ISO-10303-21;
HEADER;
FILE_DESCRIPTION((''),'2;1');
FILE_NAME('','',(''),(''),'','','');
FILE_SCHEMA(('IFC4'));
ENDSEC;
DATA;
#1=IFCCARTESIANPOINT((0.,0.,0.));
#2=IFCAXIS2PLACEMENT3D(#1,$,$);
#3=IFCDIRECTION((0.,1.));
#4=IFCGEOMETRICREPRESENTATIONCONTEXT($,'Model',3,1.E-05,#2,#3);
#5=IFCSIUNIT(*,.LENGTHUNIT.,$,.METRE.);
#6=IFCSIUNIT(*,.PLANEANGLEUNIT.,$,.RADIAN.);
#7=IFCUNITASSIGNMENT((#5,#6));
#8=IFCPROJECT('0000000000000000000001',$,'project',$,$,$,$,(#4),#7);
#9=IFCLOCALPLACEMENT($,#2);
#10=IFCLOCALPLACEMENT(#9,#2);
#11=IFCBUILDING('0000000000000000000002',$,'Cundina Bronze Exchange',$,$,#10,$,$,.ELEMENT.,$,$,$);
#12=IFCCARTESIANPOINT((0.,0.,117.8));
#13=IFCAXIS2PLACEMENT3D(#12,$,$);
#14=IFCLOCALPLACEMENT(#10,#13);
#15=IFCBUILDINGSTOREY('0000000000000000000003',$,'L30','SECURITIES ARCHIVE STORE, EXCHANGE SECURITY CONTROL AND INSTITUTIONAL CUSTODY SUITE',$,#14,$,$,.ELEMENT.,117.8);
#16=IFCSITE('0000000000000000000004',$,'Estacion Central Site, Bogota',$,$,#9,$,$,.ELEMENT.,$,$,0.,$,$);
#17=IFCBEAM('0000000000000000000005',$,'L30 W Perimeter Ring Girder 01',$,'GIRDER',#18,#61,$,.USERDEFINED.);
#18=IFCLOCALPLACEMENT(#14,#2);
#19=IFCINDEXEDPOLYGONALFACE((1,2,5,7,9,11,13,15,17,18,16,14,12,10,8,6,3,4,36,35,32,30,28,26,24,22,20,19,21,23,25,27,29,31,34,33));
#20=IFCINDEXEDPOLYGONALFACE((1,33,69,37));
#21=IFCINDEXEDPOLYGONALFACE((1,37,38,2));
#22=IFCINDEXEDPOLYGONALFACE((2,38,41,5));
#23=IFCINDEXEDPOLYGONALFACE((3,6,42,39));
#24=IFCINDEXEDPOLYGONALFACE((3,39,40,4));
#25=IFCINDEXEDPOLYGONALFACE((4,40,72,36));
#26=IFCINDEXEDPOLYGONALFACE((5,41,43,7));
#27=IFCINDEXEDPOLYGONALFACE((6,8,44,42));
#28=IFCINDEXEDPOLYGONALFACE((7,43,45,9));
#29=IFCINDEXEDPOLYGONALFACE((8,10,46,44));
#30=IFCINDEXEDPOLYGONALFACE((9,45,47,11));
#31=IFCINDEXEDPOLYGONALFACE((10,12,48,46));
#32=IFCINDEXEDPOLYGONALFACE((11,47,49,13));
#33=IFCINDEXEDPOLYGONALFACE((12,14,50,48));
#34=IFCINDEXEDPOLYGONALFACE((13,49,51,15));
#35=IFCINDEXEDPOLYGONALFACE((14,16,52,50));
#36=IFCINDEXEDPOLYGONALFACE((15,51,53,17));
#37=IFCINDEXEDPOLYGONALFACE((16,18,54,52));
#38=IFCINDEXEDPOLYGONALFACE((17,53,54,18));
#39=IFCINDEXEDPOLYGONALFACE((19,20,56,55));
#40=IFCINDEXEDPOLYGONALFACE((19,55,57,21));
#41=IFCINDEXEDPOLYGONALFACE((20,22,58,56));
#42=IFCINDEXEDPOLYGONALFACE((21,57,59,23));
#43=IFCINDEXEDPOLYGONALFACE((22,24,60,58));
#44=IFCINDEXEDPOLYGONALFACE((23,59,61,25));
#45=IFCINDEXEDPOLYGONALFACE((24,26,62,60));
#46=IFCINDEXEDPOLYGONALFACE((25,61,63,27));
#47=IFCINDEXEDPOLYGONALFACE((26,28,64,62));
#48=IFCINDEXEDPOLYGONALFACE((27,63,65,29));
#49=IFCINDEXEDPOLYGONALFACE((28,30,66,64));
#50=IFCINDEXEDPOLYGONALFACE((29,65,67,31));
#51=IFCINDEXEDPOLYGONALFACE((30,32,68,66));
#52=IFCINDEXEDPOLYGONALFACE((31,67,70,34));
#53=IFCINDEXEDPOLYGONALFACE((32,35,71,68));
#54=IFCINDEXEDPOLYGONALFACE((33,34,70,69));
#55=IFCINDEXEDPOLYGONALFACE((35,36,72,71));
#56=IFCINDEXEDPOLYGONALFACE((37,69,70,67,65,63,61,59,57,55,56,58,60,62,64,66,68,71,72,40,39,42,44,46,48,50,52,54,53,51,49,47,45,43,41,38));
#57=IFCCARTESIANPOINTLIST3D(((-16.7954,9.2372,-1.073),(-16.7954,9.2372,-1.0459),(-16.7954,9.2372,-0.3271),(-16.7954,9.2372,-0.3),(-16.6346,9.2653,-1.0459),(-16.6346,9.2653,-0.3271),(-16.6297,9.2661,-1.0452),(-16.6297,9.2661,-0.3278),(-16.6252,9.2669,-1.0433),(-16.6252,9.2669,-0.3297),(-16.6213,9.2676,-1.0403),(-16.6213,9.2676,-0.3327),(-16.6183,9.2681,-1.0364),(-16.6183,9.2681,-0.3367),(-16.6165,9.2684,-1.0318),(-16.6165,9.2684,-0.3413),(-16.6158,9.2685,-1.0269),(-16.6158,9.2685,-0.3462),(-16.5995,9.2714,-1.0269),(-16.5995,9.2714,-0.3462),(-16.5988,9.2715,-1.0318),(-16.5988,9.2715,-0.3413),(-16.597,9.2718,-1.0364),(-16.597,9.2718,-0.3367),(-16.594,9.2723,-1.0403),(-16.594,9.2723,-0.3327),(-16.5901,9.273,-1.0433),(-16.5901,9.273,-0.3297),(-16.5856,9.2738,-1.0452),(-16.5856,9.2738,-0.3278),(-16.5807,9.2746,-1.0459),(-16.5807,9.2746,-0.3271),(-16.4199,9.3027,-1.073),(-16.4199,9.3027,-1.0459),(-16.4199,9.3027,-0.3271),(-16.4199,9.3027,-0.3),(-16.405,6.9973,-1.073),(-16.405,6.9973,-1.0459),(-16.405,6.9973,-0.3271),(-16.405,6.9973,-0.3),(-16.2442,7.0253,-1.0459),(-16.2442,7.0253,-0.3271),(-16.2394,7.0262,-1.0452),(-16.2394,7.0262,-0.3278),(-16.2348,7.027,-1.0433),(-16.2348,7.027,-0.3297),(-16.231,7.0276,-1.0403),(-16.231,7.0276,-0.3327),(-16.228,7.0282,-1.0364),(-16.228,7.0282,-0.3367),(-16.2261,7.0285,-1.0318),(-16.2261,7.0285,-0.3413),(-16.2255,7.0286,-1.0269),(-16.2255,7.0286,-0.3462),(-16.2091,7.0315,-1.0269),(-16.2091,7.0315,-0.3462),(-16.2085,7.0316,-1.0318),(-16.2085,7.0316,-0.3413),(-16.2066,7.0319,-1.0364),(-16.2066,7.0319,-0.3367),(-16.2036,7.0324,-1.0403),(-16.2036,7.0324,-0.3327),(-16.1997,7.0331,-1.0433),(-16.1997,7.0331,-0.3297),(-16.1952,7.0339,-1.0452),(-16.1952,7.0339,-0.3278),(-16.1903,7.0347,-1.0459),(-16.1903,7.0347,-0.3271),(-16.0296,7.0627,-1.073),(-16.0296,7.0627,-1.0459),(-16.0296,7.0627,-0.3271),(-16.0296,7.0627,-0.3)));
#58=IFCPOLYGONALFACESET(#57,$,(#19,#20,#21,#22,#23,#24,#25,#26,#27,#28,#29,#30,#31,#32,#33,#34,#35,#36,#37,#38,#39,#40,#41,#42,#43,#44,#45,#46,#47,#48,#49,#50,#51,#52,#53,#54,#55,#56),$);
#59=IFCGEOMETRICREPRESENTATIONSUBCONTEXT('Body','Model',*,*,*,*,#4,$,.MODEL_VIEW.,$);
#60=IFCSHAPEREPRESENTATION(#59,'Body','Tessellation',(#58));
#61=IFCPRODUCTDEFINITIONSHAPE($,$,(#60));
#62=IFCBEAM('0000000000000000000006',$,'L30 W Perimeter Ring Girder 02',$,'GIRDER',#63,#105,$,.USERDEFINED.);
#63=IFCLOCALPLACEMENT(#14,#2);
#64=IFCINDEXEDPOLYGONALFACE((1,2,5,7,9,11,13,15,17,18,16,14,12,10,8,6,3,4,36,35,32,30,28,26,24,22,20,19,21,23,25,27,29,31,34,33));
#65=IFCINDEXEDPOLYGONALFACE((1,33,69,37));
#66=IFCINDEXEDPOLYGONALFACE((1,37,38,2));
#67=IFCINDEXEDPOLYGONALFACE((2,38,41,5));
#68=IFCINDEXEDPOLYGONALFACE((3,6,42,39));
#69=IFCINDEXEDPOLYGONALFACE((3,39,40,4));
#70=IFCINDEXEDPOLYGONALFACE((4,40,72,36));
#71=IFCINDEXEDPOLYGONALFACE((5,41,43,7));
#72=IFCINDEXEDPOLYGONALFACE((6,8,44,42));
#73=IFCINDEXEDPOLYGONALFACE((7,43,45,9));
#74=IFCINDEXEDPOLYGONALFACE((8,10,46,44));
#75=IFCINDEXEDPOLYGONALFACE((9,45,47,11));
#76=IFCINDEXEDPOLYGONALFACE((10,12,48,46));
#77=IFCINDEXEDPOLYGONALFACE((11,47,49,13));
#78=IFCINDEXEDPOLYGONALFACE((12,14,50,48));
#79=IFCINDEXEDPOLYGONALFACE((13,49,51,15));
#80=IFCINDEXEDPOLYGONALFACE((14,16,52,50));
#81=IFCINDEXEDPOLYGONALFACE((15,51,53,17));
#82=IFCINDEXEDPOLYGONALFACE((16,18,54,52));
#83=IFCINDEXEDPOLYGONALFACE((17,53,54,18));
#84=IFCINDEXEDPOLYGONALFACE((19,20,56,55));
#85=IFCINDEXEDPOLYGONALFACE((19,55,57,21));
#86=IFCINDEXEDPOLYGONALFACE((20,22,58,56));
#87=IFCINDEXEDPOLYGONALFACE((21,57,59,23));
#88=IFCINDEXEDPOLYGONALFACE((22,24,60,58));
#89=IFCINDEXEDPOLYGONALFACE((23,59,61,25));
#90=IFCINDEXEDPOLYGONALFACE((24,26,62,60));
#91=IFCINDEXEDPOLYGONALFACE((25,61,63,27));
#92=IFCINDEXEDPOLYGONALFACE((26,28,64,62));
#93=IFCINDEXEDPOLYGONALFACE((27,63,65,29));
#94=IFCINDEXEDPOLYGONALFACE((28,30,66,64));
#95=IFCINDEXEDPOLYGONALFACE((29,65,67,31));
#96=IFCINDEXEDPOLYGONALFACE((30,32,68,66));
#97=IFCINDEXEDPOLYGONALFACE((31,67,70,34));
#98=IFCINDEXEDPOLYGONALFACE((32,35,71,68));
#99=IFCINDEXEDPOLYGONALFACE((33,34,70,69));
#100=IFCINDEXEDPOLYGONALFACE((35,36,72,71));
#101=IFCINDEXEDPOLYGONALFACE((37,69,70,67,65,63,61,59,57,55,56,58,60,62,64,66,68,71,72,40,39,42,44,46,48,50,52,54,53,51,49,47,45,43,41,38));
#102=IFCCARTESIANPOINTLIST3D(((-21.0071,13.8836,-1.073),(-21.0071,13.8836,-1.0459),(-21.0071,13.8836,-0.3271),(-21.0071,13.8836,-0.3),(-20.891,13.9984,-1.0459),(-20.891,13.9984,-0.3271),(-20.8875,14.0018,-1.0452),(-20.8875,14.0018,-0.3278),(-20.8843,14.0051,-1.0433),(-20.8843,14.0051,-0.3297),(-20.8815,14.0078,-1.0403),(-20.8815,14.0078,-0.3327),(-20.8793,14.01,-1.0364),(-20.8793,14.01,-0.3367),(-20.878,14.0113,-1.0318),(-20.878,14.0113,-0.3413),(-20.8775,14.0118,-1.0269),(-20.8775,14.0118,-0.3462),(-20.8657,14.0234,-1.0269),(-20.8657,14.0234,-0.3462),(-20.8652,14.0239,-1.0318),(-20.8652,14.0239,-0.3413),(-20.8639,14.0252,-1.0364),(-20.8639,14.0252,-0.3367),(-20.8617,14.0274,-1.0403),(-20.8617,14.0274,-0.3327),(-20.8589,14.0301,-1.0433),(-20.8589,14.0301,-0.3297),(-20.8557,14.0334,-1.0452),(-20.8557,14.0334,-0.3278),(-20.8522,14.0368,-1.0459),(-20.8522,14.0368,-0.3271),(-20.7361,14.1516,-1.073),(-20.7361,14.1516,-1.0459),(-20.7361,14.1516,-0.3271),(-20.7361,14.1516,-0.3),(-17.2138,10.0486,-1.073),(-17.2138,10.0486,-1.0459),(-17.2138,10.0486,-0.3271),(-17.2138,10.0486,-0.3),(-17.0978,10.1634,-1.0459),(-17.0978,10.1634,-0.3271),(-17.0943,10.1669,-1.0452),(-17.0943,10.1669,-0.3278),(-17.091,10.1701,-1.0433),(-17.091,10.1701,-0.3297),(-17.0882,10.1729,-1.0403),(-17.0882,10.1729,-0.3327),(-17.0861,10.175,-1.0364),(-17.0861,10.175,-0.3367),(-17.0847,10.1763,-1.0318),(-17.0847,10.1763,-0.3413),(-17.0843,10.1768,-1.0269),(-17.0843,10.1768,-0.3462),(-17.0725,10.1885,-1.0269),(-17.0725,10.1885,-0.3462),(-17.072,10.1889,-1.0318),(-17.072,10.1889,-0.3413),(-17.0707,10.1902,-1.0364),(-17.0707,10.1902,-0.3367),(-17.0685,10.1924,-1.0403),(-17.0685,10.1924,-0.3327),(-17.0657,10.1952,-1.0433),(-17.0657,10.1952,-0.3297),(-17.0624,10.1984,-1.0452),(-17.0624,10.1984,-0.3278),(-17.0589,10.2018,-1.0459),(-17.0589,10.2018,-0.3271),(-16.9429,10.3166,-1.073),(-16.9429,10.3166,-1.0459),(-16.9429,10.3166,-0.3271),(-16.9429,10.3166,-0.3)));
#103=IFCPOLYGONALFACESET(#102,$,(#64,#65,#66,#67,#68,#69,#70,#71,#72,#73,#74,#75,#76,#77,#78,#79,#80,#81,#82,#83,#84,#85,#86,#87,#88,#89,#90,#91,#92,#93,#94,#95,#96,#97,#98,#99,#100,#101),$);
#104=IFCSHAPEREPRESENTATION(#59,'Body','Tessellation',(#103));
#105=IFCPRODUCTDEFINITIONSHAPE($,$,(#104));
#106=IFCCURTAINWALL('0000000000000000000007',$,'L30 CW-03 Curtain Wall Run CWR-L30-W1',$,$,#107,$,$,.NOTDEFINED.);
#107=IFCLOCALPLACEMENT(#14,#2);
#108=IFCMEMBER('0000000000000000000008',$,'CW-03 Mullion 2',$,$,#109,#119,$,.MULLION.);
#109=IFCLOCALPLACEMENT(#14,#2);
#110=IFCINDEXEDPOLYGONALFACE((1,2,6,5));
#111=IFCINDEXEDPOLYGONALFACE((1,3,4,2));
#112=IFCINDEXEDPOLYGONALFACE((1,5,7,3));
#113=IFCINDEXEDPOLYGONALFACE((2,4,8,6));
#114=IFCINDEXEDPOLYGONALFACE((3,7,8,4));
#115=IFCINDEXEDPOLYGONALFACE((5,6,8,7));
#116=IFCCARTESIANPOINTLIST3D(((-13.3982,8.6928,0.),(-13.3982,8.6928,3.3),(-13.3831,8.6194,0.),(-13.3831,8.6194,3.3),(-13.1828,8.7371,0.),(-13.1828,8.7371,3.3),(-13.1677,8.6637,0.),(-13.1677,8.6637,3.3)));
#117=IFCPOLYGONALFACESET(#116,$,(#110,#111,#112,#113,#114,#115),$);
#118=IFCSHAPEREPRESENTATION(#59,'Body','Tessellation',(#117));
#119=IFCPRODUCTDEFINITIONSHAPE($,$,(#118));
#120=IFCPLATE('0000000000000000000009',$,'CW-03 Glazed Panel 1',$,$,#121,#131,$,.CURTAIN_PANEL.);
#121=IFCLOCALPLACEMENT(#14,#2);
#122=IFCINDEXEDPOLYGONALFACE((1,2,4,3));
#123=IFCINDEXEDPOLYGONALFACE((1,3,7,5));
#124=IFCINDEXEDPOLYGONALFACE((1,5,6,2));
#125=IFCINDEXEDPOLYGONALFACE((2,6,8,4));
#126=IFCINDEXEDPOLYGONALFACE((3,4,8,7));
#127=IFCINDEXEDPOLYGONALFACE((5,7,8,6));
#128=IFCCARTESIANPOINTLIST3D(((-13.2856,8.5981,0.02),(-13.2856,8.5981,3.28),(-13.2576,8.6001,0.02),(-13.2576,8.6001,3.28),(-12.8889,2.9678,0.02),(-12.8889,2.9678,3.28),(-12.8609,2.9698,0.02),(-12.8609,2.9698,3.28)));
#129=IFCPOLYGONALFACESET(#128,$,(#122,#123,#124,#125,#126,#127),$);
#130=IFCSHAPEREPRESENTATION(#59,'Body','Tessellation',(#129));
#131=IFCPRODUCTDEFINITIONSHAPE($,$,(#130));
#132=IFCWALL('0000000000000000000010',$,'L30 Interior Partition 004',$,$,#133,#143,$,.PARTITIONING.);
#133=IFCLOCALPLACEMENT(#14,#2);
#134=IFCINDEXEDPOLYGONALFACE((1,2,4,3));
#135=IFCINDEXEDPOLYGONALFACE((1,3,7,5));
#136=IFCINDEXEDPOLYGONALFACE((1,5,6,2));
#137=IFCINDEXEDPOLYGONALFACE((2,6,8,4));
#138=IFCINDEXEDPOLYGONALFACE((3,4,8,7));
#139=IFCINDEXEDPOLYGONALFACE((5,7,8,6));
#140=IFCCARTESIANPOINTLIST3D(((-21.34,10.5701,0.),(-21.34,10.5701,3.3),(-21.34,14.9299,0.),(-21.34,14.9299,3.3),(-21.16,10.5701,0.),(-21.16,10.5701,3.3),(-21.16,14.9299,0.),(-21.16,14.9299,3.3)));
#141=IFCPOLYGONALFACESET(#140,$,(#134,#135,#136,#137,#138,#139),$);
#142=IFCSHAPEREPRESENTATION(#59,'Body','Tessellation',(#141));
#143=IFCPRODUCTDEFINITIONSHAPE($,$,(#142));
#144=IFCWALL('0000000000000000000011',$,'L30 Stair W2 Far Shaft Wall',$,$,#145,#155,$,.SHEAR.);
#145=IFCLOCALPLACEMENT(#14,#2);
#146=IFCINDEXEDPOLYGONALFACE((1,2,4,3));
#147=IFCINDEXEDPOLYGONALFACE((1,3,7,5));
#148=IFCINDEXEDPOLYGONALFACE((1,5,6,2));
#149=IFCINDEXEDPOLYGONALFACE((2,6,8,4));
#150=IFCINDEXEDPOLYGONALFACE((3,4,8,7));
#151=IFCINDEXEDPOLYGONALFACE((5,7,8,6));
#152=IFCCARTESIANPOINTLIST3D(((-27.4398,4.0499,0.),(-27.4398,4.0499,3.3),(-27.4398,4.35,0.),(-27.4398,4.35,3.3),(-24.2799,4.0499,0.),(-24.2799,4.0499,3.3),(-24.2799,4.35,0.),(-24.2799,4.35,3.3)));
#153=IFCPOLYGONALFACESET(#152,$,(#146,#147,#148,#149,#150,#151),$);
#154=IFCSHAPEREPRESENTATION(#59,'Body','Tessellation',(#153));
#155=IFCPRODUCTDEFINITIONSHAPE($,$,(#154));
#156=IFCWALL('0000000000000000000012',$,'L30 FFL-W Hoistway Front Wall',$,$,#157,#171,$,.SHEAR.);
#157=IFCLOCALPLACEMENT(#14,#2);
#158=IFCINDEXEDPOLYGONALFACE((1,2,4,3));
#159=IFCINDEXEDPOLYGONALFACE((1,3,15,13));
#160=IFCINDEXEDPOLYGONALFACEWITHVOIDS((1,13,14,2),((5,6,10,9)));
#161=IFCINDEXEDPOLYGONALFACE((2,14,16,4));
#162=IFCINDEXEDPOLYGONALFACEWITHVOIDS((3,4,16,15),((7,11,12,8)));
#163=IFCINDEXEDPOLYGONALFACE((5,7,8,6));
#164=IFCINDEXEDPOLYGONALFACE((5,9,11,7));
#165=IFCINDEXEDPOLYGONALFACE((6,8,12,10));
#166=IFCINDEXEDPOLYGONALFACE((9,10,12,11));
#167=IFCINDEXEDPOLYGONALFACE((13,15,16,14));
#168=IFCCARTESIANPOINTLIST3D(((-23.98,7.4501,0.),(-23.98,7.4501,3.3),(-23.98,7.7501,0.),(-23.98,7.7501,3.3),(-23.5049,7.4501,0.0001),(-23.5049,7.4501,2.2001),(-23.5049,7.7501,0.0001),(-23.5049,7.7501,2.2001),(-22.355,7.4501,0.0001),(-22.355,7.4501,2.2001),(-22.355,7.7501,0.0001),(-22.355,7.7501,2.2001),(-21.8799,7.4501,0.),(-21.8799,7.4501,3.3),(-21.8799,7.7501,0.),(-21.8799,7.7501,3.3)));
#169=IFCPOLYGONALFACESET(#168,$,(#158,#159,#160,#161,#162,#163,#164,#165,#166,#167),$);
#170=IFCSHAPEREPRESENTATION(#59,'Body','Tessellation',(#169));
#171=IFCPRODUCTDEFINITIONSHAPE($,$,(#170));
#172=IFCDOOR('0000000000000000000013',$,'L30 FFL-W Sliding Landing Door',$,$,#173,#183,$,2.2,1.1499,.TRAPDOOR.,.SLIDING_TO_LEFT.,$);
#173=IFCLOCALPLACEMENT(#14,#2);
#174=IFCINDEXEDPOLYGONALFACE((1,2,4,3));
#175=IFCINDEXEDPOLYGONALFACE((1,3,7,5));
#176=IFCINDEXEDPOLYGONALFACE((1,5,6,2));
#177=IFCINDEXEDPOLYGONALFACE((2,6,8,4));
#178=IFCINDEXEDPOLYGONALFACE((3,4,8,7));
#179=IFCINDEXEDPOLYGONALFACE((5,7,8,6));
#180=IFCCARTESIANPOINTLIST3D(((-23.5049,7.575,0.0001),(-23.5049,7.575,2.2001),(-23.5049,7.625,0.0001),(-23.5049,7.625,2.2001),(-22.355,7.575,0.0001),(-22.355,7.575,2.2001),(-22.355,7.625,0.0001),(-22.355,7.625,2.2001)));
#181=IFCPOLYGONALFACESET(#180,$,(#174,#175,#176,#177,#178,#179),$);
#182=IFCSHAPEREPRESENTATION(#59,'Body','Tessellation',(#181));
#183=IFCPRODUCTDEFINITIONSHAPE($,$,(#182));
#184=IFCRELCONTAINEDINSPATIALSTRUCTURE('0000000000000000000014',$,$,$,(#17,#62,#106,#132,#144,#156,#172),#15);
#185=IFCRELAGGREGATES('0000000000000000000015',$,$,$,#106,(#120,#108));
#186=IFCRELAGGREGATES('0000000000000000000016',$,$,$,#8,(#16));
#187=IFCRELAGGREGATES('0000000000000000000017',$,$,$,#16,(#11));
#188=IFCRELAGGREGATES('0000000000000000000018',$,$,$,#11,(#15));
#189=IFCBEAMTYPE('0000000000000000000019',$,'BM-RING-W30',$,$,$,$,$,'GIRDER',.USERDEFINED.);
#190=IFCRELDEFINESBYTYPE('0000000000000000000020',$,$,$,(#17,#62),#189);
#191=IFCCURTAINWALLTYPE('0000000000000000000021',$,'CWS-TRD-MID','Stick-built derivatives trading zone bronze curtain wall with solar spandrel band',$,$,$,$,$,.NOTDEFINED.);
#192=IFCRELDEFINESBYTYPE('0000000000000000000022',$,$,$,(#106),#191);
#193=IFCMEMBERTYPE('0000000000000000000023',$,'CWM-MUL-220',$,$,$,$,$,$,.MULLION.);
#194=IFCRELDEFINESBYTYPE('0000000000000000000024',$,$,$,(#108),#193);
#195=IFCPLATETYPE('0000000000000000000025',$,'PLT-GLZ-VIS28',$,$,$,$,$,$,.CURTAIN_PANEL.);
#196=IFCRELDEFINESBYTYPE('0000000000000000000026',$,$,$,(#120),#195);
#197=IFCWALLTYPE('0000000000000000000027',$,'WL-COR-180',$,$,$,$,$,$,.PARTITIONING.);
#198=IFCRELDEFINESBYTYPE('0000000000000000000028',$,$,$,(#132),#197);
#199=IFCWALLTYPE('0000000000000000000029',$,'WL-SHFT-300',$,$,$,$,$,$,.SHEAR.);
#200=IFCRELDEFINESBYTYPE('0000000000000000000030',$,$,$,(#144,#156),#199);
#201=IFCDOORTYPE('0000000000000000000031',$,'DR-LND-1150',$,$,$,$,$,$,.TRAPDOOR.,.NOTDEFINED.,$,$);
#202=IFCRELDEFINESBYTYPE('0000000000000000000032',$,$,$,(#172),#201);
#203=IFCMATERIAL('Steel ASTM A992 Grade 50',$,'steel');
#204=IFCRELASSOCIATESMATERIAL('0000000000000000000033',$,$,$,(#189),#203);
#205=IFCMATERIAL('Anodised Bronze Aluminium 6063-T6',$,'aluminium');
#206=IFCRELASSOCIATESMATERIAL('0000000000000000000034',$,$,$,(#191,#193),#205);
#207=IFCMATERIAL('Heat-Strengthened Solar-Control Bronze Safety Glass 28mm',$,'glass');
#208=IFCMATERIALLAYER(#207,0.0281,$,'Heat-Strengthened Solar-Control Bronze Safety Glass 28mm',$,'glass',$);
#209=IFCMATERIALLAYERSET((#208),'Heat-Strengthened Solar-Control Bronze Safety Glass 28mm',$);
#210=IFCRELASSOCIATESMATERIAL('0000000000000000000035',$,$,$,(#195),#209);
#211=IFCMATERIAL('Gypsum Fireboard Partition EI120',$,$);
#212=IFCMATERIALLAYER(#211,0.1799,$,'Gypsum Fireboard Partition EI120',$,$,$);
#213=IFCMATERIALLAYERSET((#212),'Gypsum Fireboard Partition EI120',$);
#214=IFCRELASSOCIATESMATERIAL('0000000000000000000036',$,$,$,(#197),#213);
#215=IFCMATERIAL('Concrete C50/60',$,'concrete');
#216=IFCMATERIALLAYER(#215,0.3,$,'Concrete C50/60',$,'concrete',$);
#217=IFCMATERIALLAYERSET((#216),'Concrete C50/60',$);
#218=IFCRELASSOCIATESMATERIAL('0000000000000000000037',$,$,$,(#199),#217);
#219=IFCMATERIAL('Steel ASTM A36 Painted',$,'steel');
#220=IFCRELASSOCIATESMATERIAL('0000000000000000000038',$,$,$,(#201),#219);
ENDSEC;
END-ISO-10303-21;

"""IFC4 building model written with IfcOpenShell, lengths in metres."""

from ifc_helpers import new_model, si_unit, direction, frame, frame_2d, origin, origin_2d, place, context, subcontext, project, spatial, rectangle, i_section, extrude, material, layer, layer_set, material_profile, profile_set, type_object, element, fill, aggregate, save


model = new_model("IFC4")

# Units and contexts
model_context = context("Model", 3, precision=1e-05, world=origin(), true_north=direction((0.0, 1.0)))
body_context = subcontext(model_context, "Body", "Model", "MODEL_VIEW")
ifc_project = project(units=[si_unit("LENGTHUNIT", "METRE"), si_unit("PLANEANGLEUNIT", "RADIAN")], contexts=[model_context])

# Site, building, storey
site_placement = place(None, origin())
site = spatial("IfcSite", under=ifc_project, at=site_placement, Name="Estacion Central Site, Bogota", CompositionType="ELEMENT", RefElevation=0.0)
building_placement = place(site_placement, origin())
building = spatial("IfcBuilding", under=site, at=building_placement, Name="Cundina Bronze Exchange", CompositionType="ELEMENT")
storey_placement = place(building_placement, frame((0.0, 0.0, 117.8)))
storey = spatial("IfcBuildingStorey", under=building, at=storey_placement, Name="L30", Description="SECURITIES ARCHIVE STORE, EXCHANGE SECURITY CONTROL AND INSTITUTIONAL CUSTODY SUITE", CompositionType="ELEMENT", Elevation=117.8)

# Beams
ifc_material_1 = material(Name="Steel ASTM A992 Grade 50", Category="steel")
ifc_material_profile_1 = material_profile(ifc_material_1, i_section(OverallWidth=0.3811, OverallDepth=0.7729, WebThickness=0.0166, FlangeThickness=0.0271, FilletRadius=0.019, at=origin_2d()), Name="W30X173", Category="steel")
ifc_profile_set_1 = profile_set([ifc_material_profile_1], Name="Steel ASTM A992 Grade 50")
beam_type_1 = type_object("IfcBeamType", Name="BM-RING-W30", ElementType="GIRDER", PredefinedType="USERDEFINED", material=ifc_profile_set_1)
beam_1_placement = place(storey_placement, frame((-16.2173, 7.03, -0.6865), z_axis=(-0.17169, 0.985151, 0.0), x_axis=(-0.985151, -0.17169, 0.0)))
element("IfcBeam", 1, at=beam_1_placement, inside=storey, type_object=beam_type_1, Name="L30 W Perimeter Ring Girder 01", ObjectType="GIRDER", PredefinedType="USERDEFINED", context=body_context, shape_type="SweptSolid", body=[
    extrude(i_section(OverallWidth=0.3811, OverallDepth=0.7729, WebThickness=0.0166, FlangeThickness=0.0271, FilletRadius=0.019, at=origin_2d()), origin(), (0.0, 0.0, 1.0), 2.2737),
])
beam_2_placement = place(storey_placement, frame((-17.0784, 10.1826, -0.6865), z_axis=(-0.703226, 0.710966, 0.0), x_axis=(-0.710966, -0.703226, 0.0)))
element("IfcBeam", 2, at=beam_2_placement, inside=storey, type_object=beam_type_1, Name="L30 W Perimeter Ring Girder 02", ObjectType="GIRDER", PredefinedType="USERDEFINED", context=body_context, shape_type="SweptSolid", body=[
    extrude(i_section(OverallWidth=0.3811, OverallDepth=0.7729, WebThickness=0.0166, FlangeThickness=0.0271, FilletRadius=0.019, at=origin_2d()), origin(), (0.0, 0.0, 1.0), 5.394),
])

# Curtain wall, member, plate
ifc_material_2 = material(Name="Anodised Bronze Aluminium 6063-T6", Category="aluminium")
curtain_wall_type = type_object("IfcCurtainWallType", Name="CWS-TRD-MID", Description="Stick-built derivatives trading zone bronze curtain wall with solar spandrel band", PredefinedType="NOTDEFINED", material=ifc_material_2)
curtain_wall_placement = place(storey_placement, origin())
curtain_wall = element("IfcCurtainWall", 3, at=curtain_wall_placement, inside=storey, type_object=curtain_wall_type, Name="L30 CW-03 Curtain Wall Run CWR-L30-W1", PredefinedType="NOTDEFINED")
ifc_material_profile_2 = material_profile(ifc_material_2, rectangle(XDim=0.075, YDim=0.22, at=origin_2d()), Name="AL75X220", Category="aluminium")
ifc_profile_set_2 = profile_set([ifc_material_profile_2], Name="Anodised Bronze Aluminium 6063-T6")
member_type = type_object("IfcMemberType", Name="CWM-MUL-220", PredefinedType="MULLION", material=ifc_profile_set_2)
member_placement = place(storey_placement, frame((-13.283, 8.6782, 0.0), z_axis=(0.0, 0.0, 1.0), x_axis=(-0.20142, 0.979505, 0.0)))
member = element("IfcMember", 4, at=member_placement, type_object=member_type, Name="CW-03 Mullion 2", PredefinedType="MULLION", context=body_context, shape_type="SweptSolid", body=[
    extrude(rectangle(XDim=0.075, YDim=0.22, at=origin_2d()), origin(), (0.0, 0.0, 1.0), 3.3),
])
ifc_material_3 = material(Name="Heat-Strengthened Solar-Control Bronze Safety Glass 28mm", Category="glass")
ifc_layer_1 = layer(ifc_material_3, 0.0281, Name="Heat-Strengthened Solar-Control Bronze Safety Glass 28mm", Category="glass")
ifc_layer_set_1 = layer_set([ifc_layer_1], Name="Heat-Strengthened Solar-Control Bronze Safety Glass 28mm")
plate_type = type_object("IfcPlateType", Name="PLT-GLZ-VIS28", PredefinedType="CURTAIN_PANEL", material=ifc_layer_set_1)
plate_placement = place(storey_placement, frame((-13.0732, 5.7839, 0.02), z_axis=(0.0, 0.0, 1.0), x_axis=(-0.070279, 0.997527, 0.0)))
plate = element("IfcPlate", 5, at=plate_placement, type_object=plate_type, Name="CW-03 Glazed Panel 1", PredefinedType="CURTAIN_PANEL", context=body_context, shape_type="SweptSolid", body=[
    extrude(rectangle(XDim=5.6443, YDim=0.0281, at=origin_2d()), origin(), (0.0, 0.0, 1.0), 3.26),
])
aggregate(curtain_wall, [plate, member])

# Walls
ifc_material_4 = material(Name="Gypsum Fireboard Partition EI120")
ifc_layer_2 = layer(ifc_material_4, 0.1799, Name="Gypsum Fireboard Partition EI120")
ifc_layer_set_2 = layer_set([ifc_layer_2], Name="Gypsum Fireboard Partition EI120")
wall_type_1 = type_object("IfcWallType", Name="WL-COR-180", PredefinedType="PARTITIONING", material=ifc_layer_set_2)
wall_1_placement = place(storey_placement, frame((-21.25, 10.5701, 0.0), z_axis=(0.0, 0.0, 1.0), x_axis=(0.0, 1.0, 0.0)))
element("IfcWall", 6, at=wall_1_placement, inside=storey, type_object=wall_type_1, Name="L30 Interior Partition 004", PredefinedType="PARTITIONING", context=body_context, shape_type="SweptSolid", body=[
    extrude(rectangle(XDim=4.3599, YDim=0.1799, at=frame_2d((2.1799, 0.0))), origin(), (0.0, 0.0, 1.0), 3.3),
])
ifc_material_5 = material(Name="Concrete C50/60", Category="concrete")
ifc_layer_3 = layer(ifc_material_5, 0.3, Name="Concrete C50/60", Category="concrete")
ifc_layer_set_3 = layer_set([ifc_layer_3], Name="Concrete C50/60")
wall_type_2 = type_object("IfcWallType", Name="WL-SHFT-300", PredefinedType="SHEAR", material=ifc_layer_set_3)
wall_2_placement = place(storey_placement, frame((-27.4399, 4.2, 0.0), z_axis=(0.0, 0.0, 1.0), x_axis=(1.0, 0.0, 0.0)))
element("IfcWall", 7, at=wall_2_placement, inside=storey, type_object=wall_type_2, Name="L30 Stair W2 Far Shaft Wall", PredefinedType="SHEAR", context=body_context, shape_type="SweptSolid", body=[
    extrude(rectangle(XDim=3.1599, YDim=0.3, at=frame_2d((1.5801, 0.0))), origin(), (0.0, 0.0, 1.0), 3.3),
])

# Wall, opening, door
wall_3_placement = place(storey_placement, frame((-23.98, 7.6001, 0.0), z_axis=(0.0, 0.0, 1.0), x_axis=(1.0, 0.0, 0.0)))
wall_3 = element("IfcWall", 8, at=wall_3_placement, inside=storey, type_object=wall_type_2, Name="L30 FFL-W Hoistway Front Wall", PredefinedType="SHEAR", context=body_context, shape_type="SweptSolid", body=[
    extrude(rectangle(XDim=2.1001, YDim=0.3, at=frame_2d((1.05, 0.0))), origin(), (0.0, 0.0, 1.0), 3.3),
])
opening_1_placement = place(wall_3_placement, frame((0.4751, 0.0, 0.0)))
opening_1 = element("IfcOpeningElement", 9, at=opening_1_placement, cuts=wall_3, PredefinedType="OPENING", context=body_context, shape_type="SweptSolid", body=[
    extrude(rectangle(XDim=1.1499, YDim=2.2, at=frame_2d((0.575, 1.1001))), frame((0.0, 0.1599, 0.0), z_axis=(0.0, -1.0, 0.0), x_axis=(1.0, 0.0, 0.0)), (0.0, 0.0, 1.0), 0.3201),
])
ifc_material_6 = material(Name="Steel ASTM A36 Painted", Category="steel")
door_type = type_object("IfcDoorType", Name="DR-LND-1150", OperationType="NOTDEFINED", PredefinedType="TRAPDOOR", material=ifc_material_6)
door_1_placement = place(opening_1_placement, origin())
door_1 = element("IfcDoor", 10, at=door_1_placement, inside=storey, type_object=door_type, Name="L30 FFL-W Sliding Landing Door", OperationType="SLIDING_TO_LEFT", OverallHeight=2.2, OverallWidth=1.1499, PredefinedType="TRAPDOOR", context=body_context, shape_type="SweptSolid", body=[
    extrude(rectangle(XDim=1.1499, YDim=2.2, at=frame_2d((0.575, 1.1001))), frame((0.0, 0.0249, 0.0), z_axis=(0.0, -1.0, 0.0), x_axis=(1.0, 0.0, 0.0)), (0.0, 0.0, 1.0), 0.05),
])
fill(opening_1, door_1)

save(model, "model.ifc")
